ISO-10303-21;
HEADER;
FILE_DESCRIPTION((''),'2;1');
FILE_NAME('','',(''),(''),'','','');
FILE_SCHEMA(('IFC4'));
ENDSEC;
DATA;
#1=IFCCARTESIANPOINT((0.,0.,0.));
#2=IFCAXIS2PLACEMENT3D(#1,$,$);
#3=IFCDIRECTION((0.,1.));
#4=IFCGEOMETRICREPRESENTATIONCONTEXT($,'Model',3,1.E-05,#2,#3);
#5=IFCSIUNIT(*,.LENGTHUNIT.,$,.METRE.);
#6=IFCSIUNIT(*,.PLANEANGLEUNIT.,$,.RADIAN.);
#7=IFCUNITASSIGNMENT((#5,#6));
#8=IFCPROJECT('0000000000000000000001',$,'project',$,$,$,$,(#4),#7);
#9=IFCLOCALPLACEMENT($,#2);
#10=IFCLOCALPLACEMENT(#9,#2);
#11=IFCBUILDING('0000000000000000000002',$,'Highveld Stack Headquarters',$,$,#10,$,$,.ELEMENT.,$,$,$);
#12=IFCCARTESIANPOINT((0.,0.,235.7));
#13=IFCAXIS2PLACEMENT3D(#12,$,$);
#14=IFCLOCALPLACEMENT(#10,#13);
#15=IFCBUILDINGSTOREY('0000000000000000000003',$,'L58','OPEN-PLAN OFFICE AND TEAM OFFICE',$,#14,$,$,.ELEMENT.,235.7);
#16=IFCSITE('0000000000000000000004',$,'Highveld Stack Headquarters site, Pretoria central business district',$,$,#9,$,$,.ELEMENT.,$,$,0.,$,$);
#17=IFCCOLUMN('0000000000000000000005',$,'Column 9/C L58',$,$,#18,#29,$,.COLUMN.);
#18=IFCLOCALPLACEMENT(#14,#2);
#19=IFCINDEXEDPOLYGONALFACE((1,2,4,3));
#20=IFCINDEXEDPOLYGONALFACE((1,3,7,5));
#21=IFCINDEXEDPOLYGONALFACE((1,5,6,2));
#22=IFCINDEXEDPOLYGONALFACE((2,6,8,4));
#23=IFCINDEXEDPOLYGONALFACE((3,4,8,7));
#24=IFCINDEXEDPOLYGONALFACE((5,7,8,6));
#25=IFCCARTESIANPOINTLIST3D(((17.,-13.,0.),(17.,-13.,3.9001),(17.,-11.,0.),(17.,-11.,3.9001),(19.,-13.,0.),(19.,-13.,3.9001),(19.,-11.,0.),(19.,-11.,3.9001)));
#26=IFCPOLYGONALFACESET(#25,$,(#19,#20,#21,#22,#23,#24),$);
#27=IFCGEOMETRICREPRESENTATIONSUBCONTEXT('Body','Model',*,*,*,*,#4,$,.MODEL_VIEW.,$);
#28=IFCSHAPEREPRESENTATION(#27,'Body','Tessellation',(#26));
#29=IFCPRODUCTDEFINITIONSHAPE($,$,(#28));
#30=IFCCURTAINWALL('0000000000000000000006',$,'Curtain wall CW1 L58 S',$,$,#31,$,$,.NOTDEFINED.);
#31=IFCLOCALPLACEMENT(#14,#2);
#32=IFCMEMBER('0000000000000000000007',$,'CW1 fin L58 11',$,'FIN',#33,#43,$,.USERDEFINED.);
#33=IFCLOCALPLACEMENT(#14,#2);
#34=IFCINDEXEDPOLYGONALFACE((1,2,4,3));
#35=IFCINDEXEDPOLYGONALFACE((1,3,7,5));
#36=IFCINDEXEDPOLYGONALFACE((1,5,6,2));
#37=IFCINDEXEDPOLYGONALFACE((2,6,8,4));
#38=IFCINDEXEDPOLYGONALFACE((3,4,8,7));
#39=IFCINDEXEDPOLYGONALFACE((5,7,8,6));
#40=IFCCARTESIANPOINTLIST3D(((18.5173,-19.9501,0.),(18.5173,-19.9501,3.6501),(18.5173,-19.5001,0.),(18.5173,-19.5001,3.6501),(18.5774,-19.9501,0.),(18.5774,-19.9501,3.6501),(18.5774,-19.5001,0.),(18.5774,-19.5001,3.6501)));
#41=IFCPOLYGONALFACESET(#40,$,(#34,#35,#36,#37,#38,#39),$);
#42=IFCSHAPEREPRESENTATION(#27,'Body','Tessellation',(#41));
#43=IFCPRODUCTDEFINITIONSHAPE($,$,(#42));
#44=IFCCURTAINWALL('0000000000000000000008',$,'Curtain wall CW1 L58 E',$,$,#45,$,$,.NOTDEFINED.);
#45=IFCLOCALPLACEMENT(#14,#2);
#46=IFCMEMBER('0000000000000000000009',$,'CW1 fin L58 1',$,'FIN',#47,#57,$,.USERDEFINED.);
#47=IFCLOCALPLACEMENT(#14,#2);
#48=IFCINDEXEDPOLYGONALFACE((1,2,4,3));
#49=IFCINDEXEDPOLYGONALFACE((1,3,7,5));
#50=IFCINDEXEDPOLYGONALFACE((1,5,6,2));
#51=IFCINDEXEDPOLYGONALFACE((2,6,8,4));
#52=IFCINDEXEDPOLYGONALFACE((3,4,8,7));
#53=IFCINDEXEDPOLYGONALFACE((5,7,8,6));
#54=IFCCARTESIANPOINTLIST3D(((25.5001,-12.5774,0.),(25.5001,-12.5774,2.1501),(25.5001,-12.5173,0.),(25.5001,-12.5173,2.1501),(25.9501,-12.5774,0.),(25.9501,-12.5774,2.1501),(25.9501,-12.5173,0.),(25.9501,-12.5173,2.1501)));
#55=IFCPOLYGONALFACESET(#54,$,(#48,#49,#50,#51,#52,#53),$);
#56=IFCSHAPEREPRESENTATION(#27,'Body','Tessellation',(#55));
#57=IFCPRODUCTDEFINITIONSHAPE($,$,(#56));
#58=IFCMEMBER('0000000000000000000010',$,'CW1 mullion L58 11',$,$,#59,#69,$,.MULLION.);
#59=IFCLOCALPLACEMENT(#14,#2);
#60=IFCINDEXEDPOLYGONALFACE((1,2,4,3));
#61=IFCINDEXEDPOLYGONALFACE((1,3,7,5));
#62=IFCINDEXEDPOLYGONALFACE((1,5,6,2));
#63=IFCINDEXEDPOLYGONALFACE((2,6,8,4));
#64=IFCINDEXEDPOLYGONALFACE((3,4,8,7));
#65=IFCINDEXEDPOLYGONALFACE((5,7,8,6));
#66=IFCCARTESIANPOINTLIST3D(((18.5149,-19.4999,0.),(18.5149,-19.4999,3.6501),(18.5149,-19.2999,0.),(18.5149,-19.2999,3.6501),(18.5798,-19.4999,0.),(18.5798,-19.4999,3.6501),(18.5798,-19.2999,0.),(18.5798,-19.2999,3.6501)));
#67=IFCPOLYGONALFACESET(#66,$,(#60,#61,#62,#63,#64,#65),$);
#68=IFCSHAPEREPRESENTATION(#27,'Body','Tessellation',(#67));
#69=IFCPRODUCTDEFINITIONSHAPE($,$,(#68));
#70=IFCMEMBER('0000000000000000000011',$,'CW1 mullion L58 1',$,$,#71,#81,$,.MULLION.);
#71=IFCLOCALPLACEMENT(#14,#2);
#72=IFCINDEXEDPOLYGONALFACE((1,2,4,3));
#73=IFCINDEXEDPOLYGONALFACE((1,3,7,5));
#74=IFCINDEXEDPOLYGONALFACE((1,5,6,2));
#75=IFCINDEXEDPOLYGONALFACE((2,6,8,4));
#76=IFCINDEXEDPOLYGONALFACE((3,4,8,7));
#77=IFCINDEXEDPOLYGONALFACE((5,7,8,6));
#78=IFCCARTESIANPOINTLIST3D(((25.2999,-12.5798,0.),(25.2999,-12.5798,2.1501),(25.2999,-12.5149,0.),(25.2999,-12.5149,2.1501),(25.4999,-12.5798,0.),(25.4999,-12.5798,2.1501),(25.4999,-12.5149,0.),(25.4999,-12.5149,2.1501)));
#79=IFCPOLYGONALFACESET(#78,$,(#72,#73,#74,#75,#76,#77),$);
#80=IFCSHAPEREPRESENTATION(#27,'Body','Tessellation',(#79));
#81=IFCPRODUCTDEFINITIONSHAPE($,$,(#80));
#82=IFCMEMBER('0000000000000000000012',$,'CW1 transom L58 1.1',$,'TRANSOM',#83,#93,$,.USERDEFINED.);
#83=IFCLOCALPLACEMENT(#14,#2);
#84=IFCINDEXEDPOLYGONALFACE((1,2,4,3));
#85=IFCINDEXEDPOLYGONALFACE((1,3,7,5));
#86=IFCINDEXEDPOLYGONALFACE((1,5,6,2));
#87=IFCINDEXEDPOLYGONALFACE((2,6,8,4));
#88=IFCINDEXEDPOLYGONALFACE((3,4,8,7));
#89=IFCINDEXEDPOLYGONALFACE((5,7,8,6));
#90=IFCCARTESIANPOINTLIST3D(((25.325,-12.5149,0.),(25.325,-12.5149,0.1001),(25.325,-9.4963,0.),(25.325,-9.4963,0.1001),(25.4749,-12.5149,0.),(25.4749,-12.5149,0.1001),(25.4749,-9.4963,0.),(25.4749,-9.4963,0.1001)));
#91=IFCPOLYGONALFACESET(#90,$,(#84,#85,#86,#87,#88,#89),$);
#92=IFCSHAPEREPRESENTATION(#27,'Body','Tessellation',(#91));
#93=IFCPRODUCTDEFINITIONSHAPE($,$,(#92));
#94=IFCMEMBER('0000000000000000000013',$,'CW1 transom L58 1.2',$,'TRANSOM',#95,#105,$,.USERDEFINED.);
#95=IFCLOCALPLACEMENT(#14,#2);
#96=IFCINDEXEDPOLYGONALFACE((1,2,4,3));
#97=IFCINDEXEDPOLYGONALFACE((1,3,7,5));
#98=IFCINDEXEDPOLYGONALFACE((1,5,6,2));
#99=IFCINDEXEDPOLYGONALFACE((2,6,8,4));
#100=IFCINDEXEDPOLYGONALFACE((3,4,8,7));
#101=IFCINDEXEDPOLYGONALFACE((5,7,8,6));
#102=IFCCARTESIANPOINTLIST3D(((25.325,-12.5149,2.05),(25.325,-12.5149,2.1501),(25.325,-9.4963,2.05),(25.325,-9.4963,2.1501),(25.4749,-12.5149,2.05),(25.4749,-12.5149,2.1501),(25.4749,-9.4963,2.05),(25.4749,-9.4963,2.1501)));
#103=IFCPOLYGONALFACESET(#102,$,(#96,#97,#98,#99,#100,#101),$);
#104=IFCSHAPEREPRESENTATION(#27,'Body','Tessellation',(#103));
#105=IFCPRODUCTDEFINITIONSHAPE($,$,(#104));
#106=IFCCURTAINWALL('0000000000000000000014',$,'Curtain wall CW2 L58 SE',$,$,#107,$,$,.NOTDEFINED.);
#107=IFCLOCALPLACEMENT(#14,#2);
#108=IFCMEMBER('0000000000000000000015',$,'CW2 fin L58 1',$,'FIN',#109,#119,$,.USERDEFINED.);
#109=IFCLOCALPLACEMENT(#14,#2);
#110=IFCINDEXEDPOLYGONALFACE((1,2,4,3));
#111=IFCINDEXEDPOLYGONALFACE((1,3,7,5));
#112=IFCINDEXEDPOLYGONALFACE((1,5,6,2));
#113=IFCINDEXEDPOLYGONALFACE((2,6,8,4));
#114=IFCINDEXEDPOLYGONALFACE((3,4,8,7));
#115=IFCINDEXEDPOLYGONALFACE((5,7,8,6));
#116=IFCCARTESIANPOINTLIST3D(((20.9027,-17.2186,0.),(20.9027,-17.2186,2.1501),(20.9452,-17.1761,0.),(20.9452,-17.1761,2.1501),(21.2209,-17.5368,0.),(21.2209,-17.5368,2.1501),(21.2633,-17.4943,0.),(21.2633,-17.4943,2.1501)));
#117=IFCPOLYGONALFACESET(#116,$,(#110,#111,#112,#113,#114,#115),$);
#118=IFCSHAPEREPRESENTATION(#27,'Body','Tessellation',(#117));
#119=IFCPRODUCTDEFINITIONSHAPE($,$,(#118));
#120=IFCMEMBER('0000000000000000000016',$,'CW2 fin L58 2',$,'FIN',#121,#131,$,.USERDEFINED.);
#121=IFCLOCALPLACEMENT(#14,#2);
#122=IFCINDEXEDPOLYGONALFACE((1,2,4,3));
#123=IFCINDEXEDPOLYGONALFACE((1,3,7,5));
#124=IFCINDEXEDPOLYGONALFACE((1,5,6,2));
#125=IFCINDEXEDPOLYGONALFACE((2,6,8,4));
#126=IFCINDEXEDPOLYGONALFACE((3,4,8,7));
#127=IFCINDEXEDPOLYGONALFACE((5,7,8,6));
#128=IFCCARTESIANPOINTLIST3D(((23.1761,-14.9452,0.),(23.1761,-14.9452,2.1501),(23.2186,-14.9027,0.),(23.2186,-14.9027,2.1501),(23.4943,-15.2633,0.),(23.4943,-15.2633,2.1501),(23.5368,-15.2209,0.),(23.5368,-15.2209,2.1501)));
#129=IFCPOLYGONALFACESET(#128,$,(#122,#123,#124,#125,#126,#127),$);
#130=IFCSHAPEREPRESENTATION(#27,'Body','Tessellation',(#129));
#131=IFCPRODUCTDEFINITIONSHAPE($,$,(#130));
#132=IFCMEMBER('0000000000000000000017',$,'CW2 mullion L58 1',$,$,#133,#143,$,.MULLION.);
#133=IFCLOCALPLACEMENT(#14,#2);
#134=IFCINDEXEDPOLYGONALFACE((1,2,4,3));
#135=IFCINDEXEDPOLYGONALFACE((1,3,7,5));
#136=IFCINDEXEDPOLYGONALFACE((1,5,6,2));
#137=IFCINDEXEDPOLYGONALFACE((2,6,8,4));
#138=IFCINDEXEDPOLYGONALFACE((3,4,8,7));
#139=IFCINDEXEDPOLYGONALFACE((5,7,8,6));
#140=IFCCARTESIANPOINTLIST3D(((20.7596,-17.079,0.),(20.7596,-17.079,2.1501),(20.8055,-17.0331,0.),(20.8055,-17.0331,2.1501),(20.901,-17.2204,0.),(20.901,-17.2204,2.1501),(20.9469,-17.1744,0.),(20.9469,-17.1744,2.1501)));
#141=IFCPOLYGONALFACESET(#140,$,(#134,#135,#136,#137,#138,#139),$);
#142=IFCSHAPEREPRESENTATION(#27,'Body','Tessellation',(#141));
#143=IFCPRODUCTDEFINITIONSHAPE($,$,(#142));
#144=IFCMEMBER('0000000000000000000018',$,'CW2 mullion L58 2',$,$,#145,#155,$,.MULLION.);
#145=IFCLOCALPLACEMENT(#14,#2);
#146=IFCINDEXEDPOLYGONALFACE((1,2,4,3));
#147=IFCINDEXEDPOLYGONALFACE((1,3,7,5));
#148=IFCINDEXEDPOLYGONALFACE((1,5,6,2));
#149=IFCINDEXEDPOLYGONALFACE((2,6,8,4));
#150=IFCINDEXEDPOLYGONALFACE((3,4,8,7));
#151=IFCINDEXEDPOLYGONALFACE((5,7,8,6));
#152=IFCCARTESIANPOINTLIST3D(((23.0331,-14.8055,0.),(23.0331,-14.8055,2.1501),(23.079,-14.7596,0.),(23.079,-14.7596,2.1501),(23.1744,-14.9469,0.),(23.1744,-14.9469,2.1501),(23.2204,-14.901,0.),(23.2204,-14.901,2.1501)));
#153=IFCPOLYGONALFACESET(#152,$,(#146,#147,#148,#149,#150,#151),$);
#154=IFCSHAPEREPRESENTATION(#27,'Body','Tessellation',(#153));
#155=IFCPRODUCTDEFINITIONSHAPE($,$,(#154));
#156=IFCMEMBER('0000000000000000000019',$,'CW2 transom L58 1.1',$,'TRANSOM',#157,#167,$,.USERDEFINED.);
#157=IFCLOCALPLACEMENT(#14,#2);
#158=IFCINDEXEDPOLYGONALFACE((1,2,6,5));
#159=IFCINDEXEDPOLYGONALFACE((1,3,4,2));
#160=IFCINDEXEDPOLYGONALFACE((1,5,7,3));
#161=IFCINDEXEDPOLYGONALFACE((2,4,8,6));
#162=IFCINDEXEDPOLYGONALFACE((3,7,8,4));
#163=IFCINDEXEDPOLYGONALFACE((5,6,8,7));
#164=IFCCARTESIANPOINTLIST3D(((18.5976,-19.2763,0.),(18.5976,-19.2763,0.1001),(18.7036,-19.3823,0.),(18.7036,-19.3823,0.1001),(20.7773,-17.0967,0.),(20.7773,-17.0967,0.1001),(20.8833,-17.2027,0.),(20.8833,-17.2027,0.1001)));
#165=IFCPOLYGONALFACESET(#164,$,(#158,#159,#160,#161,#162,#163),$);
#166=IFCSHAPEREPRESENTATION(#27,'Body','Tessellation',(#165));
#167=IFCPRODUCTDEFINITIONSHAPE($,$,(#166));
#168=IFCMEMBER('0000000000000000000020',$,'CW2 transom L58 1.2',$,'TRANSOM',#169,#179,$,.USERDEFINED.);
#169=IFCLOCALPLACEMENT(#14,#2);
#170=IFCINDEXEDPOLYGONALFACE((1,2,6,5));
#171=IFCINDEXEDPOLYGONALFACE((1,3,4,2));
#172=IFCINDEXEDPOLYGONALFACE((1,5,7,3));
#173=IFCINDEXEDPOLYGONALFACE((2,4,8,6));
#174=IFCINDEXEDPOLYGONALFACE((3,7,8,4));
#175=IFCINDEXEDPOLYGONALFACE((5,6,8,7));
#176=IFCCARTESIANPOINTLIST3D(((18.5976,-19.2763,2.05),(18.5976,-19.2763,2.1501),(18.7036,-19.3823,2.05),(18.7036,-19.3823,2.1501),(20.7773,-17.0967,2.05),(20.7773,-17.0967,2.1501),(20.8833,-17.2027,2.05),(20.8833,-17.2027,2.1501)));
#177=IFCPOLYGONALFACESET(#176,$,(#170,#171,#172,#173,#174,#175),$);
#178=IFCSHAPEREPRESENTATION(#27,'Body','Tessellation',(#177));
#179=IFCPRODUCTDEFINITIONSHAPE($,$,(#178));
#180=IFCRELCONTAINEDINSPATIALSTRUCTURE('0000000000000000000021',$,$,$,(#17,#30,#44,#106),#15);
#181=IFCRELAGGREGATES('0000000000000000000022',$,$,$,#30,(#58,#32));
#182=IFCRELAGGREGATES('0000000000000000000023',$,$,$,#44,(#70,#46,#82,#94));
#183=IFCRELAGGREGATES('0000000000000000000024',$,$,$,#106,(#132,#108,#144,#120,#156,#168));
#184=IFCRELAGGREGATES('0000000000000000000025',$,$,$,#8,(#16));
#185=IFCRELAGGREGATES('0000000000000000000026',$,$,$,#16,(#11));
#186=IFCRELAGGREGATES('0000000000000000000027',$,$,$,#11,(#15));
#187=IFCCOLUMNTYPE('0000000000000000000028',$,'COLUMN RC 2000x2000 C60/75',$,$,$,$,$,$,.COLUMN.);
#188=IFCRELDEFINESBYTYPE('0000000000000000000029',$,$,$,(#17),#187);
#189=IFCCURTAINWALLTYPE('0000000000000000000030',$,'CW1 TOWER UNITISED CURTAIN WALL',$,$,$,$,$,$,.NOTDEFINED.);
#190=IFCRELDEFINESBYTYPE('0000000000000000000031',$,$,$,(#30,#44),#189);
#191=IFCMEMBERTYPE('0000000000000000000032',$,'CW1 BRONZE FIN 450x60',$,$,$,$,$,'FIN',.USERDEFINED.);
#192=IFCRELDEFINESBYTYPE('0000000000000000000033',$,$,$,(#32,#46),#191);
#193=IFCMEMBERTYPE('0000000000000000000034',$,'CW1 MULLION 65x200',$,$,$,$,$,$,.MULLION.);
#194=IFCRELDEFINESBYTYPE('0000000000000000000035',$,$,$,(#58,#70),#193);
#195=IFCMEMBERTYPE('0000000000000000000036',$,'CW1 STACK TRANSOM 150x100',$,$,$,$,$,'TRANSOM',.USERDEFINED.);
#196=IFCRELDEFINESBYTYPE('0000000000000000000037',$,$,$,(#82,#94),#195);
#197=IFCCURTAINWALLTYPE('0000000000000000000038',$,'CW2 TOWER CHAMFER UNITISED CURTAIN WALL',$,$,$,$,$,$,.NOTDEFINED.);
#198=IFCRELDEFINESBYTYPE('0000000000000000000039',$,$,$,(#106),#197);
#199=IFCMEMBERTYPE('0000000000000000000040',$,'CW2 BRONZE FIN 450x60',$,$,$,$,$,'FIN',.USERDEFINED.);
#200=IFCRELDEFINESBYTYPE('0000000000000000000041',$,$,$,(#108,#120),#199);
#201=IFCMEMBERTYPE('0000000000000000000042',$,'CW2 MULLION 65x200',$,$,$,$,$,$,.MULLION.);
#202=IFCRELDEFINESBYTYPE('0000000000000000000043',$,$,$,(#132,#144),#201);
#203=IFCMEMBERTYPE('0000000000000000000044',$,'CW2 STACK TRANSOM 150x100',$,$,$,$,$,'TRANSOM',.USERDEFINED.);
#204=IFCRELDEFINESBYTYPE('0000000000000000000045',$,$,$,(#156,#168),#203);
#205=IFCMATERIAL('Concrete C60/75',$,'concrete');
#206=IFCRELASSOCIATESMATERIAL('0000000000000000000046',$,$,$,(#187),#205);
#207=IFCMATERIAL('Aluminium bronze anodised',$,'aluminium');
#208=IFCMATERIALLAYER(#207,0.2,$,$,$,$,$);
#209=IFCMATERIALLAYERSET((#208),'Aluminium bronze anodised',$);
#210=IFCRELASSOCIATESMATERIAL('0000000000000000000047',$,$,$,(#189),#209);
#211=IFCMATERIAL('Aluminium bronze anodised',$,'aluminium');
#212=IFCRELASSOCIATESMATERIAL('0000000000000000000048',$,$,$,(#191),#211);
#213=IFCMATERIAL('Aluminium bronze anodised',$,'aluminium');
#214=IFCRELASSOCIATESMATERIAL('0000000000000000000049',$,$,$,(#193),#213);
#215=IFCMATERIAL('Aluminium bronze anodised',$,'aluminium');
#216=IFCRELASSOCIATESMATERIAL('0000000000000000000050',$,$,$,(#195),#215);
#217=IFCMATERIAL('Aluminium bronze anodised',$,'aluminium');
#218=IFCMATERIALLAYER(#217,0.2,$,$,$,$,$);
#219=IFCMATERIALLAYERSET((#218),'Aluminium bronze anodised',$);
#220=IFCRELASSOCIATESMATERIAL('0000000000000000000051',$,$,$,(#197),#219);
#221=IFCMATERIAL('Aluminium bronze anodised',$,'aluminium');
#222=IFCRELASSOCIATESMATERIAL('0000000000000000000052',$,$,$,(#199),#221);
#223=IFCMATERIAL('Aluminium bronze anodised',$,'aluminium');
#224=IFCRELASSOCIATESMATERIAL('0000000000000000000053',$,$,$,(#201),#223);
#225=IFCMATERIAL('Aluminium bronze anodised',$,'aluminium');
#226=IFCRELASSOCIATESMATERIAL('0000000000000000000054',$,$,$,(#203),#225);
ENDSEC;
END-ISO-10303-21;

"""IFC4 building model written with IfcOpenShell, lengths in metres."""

from ifc_helpers import new_model, si_unit, direction, frame, origin, origin_2d, place, context, subcontext, project, spatial, rectangle, extrude, material, layer, layer_set, material_profile, profile_set, type_object, element, aggregate, save


model = new_model("IFC4")

# Units and contexts
model_context = context("Model", 3, precision=1e-05, world=origin(), true_north=direction((0.0, 1.0)))
body_context = subcontext(model_context, "Body", "Model", "MODEL_VIEW")
ifc_project = project(units=[si_unit("LENGTHUNIT", "METRE"), si_unit("PLANEANGLEUNIT", "RADIAN")], contexts=[model_context])

# Site, building, storey
site_placement = place(None, origin())
site = spatial("IfcSite", under=ifc_project, at=site_placement, Name="Highveld Stack Headquarters site, Pretoria central business district", CompositionType="ELEMENT", RefElevation=0.0)
building_placement = place(site_placement, origin())
building = spatial("IfcBuilding", under=site, at=building_placement, Name="Highveld Stack Headquarters", CompositionType="ELEMENT")
storey_placement = place(building_placement, frame((0.0, 0.0, 235.7)))
storey = spatial("IfcBuildingStorey", under=building, at=storey_placement, Name="L58", Description="OPEN-PLAN OFFICE AND TEAM OFFICE", CompositionType="ELEMENT", Elevation=235.7)

# Column
ifc_material_1 = material(Name="Concrete C60/75", Category="concrete")
ifc_material_profile_1 = material_profile(ifc_material_1, rectangle(XDim=2.0, YDim=2.0, at=origin_2d()), Name="RC 2000x2000")
ifc_profile_set_1 = profile_set([ifc_material_profile_1], Name="Concrete C60/75")
column_type = type_object("IfcColumnType", Name="COLUMN RC 2000x2000 C60/75", PredefinedType="COLUMN", material=ifc_profile_set_1)
column_placement = place(storey_placement, frame((18.0, -12.0, 0.0), z_axis=(0.0, 0.0, 1.0), x_axis=(1.0, 0.0, 0.0)))
element("IfcColumn", 1, at=column_placement, inside=storey, type_object=column_type, Name="Column 9/C L58", PredefinedType="COLUMN", context=body_context, shape_type="SweptSolid", body=[
    extrude(rectangle(XDim=2.0, YDim=2.0, at=origin_2d()), origin(), (0.0, 0.0, 1.0), 3.9001),
])

# Curtain walls, members
ifc_material_2 = material(Name="Aluminium bronze anodised", Category="aluminium")
ifc_layer_1 = layer(ifc_material_2, 0.2)
ifc_layer_set_1 = layer_set([ifc_layer_1], Name="Aluminium bronze anodised")
curtain_wall_type_1 = type_object("IfcCurtainWallType", Name="CW1 TOWER UNITISED CURTAIN WALL", PredefinedType="NOTDEFINED", material=ifc_layer_set_1)
curtain_wall_1_placement = place(storey_placement, origin())
curtain_wall_1 = element("IfcCurtainWall", 2, at=curtain_wall_1_placement, inside=storey, type_object=curtain_wall_type_1, Name="Curtain wall CW1 L58 S", PredefinedType="NOTDEFINED")
ifc_material_3 = material(Name="Aluminium bronze anodised", Category="aluminium")
ifc_material_profile_2 = material_profile(ifc_material_3, rectangle(XDim=0.45, YDim=0.0601, at=origin_2d()), Name="FIN 450x60")
ifc_profile_set_2 = profile_set([ifc_material_profile_2], Name="Aluminium bronze anodised")
member_type_1 = type_object("IfcMemberType", Name="CW1 BRONZE FIN 450x60", ElementType="FIN", PredefinedType="USERDEFINED", material=ifc_profile_set_2)
member_1_placement = place(storey_placement, frame((18.5474, -19.7251, 0.0), z_axis=(0.0, 0.0, 1.0), x_axis=(0.0, 1.0, 0.0)))
member_1 = element("IfcMember", 3, at=member_1_placement, type_object=member_type_1, Name="CW1 fin L58 11", ObjectType="FIN", PredefinedType="USERDEFINED", context=body_context, shape_type="SweptSolid", body=[
    extrude(rectangle(XDim=0.45, YDim=0.0601, at=origin_2d()), origin(), (0.0, 0.0, 1.0), 3.6501),
])
curtain_wall_2_placement = place(storey_placement, origin())
curtain_wall_2 = element("IfcCurtainWall", 4, at=curtain_wall_2_placement, inside=storey, type_object=curtain_wall_type_1, Name="Curtain wall CW1 L58 E", PredefinedType="NOTDEFINED")
member_2_placement = place(storey_placement, frame((25.7251, -12.5474, 0.0), z_axis=(0.0, 0.0, 1.0), x_axis=(-1.0, 0.0, 0.0)))
member_2 = element("IfcMember", 5, at=member_2_placement, type_object=member_type_1, Name="CW1 fin L58 1", ObjectType="FIN", PredefinedType="USERDEFINED", context=body_context, shape_type="SweptSolid", body=[
    extrude(rectangle(XDim=0.45, YDim=0.0601, at=origin_2d()), origin(), (0.0, 0.0, 1.0), 2.1501),
])

# Members
ifc_material_4 = material(Name="Aluminium bronze anodised", Category="aluminium")
ifc_material_profile_3 = material_profile(ifc_material_4, rectangle(XDim=0.2, YDim=0.0649, at=origin_2d()), Name="CW1 MULLION 65x200")
ifc_profile_set_3 = profile_set([ifc_material_profile_3], Name="Aluminium bronze anodised")
member_type_2 = type_object("IfcMemberType", Name="CW1 MULLION 65x200", PredefinedType="MULLION", material=ifc_profile_set_3)
member_3_placement = place(storey_placement, frame((18.5474, -19.3999, 0.0), z_axis=(0.0, 0.0, 1.0), x_axis=(0.0, 1.0, 0.0)))
member_3 = element("IfcMember", 6, at=member_3_placement, type_object=member_type_2, Name="CW1 mullion L58 11", PredefinedType="MULLION", context=body_context, shape_type="SweptSolid", body=[
    extrude(rectangle(XDim=0.2, YDim=0.0649, at=origin_2d()), origin(), (0.0, 0.0, 1.0), 3.6501),
])
aggregate(curtain_wall_1, [member_3, member_1])
member_4_placement = place(storey_placement, frame((25.3999, -12.5474, 0.0), z_axis=(0.0, 0.0, 1.0), x_axis=(-1.0, 0.0, 0.0)))
member_4 = element("IfcMember", 7, at=member_4_placement, type_object=member_type_2, Name="CW1 mullion L58 1", PredefinedType="MULLION", context=body_context, shape_type="SweptSolid", body=[
    extrude(rectangle(XDim=0.2, YDim=0.0649, at=origin_2d()), origin(), (0.0, 0.0, 1.0), 2.1501),
])
ifc_material_5 = material(Name="Aluminium bronze anodised", Category="aluminium")
ifc_material_profile_4 = material_profile(ifc_material_5, rectangle(XDim=0.1499, YDim=0.1001, at=origin_2d()), Name="CW1 TRANSOM 150x100")
ifc_profile_set_4 = profile_set([ifc_material_profile_4], Name="Aluminium bronze anodised")
member_type_3 = type_object("IfcMemberType", Name="CW1 STACK TRANSOM 150x100", ElementType="TRANSOM", PredefinedType="USERDEFINED", material=ifc_profile_set_4)
member_5_placement = place(storey_placement, frame((25.3999, -12.5149, 0.05), z_axis=(0.0, 1.0, 0.0), x_axis=(-1.0, 0.0, 0.0)))
member_5 = element("IfcMember", 8, at=member_5_placement, type_object=member_type_3, Name="CW1 transom L58 1.1", ObjectType="TRANSOM", PredefinedType="USERDEFINED", context=body_context, shape_type="SweptSolid", body=[
    extrude(rectangle(XDim=0.1499, YDim=0.1001, at=origin_2d()), origin(), (0.0, 0.0, 1.0), 3.0186),
])
member_6_placement = place(storey_placement, frame((25.3999, -12.5149, 2.1001), z_axis=(0.0, 1.0, 0.0), x_axis=(-1.0, 0.0, 0.0)))
member_6 = element("IfcMember", 9, at=member_6_placement, type_object=member_type_3, Name="CW1 transom L58 1.2", ObjectType="TRANSOM", PredefinedType="USERDEFINED", context=body_context, shape_type="SweptSolid", body=[
    extrude(rectangle(XDim=0.1499, YDim=0.1001, at=origin_2d()), origin(), (0.0, 0.0, 1.0), 3.0186),
])
aggregate(curtain_wall_2, [member_4, member_2, member_5, member_6])

# Curtain wall, members
ifc_material_6 = material(Name="Aluminium bronze anodised", Category="aluminium")
ifc_layer_2 = layer(ifc_material_6, 0.2)
ifc_layer_set_2 = layer_set([ifc_layer_2], Name="Aluminium bronze anodised")
curtain_wall_type_2 = type_object("IfcCurtainWallType", Name="CW2 TOWER CHAMFER UNITISED CURTAIN WALL", PredefinedType="NOTDEFINED", material=ifc_layer_set_2)
curtain_wall_3_placement = place(storey_placement, origin())
curtain_wall_3 = element("IfcCurtainWall", 10, at=curtain_wall_3_placement, inside=storey, type_object=curtain_wall_type_2, Name="Curtain wall CW2 L58 SE", PredefinedType="NOTDEFINED")
ifc_material_7 = material(Name="Aluminium bronze anodised", Category="aluminium")
ifc_material_profile_5 = material_profile(ifc_material_7, rectangle(XDim=0.45, YDim=0.0601, at=origin_2d()), Name="FIN 450x60")
ifc_profile_set_5 = profile_set([ifc_material_profile_5], Name="Aluminium bronze anodised")
member_type_4 = type_object("IfcMemberType", Name="CW2 BRONZE FIN 450x60", ElementType="FIN", PredefinedType="USERDEFINED", material=ifc_profile_set_5)
member_7_placement = place(storey_placement, frame((21.083, -17.3564, 0.0), z_axis=(0.0, 0.0, 1.0), x_axis=(-0.707107, 0.707107, 0.0)))
member_7 = element("IfcMember", 11, at=member_7_placement, type_object=member_type_4, Name="CW2 fin L58 1", ObjectType="FIN", PredefinedType="USERDEFINED", context=body_context, shape_type="SweptSolid", body=[
    extrude(rectangle(XDim=0.45, YDim=0.0601, at=origin_2d()), origin(), (0.0, 0.0, 1.0), 2.1501),
])
member_8_placement = place(storey_placement, frame((23.3564, -15.083, 0.0), z_axis=(0.0, 0.0, 1.0), x_axis=(-0.707107, 0.707107, 0.0)))
member_8 = element("IfcMember", 12, at=member_8_placement, type_object=member_type_4, Name="CW2 fin L58 2", ObjectType="FIN", PredefinedType="USERDEFINED", context=body_context, shape_type="SweptSolid", body=[
    extrude(rectangle(XDim=0.45, YDim=0.0601, at=origin_2d()), origin(), (0.0, 0.0, 1.0), 2.1501),
])
ifc_material_8 = material(Name="Aluminium bronze anodised", Category="aluminium")
ifc_material_profile_6 = material_profile(ifc_material_8, rectangle(XDim=0.2, YDim=0.0649, at=origin_2d()), Name="CW2 MULLION 65x200")
ifc_profile_set_6 = profile_set([ifc_material_profile_6], Name="Aluminium bronze anodised")
member_type_5 = type_object("IfcMemberType", Name="CW2 MULLION 65x200", PredefinedType="MULLION", material=ifc_profile_set_6)
member_9_placement = place(storey_placement, frame((20.8533, -17.1267, 0.0), z_axis=(0.0, 0.0, 1.0), x_axis=(-0.707107, 0.707107, 0.0)))
member_9 = element("IfcMember", 13, at=member_9_placement, type_object=member_type_5, Name="CW2 mullion L58 1", PredefinedType="MULLION", context=body_context, shape_type="SweptSolid", body=[
    extrude(rectangle(XDim=0.2, YDim=0.0649, at=origin_2d()), origin(), (0.0, 0.0, 1.0), 2.1501),
])
member_10_placement = place(storey_placement, frame((23.1267, -14.8533, 0.0), z_axis=(0.0, 0.0, 1.0), x_axis=(-0.707107, 0.707107, 0.0)))
member_10 = element("IfcMember", 14, at=member_10_placement, type_object=member_type_5, Name="CW2 mullion L58 2", PredefinedType="MULLION", context=body_context, shape_type="SweptSolid", body=[
    extrude(rectangle(XDim=0.2, YDim=0.0649, at=origin_2d()), origin(), (0.0, 0.0, 1.0), 2.1501),
])
ifc_material_9 = material(Name="Aluminium bronze anodised", Category="aluminium")
ifc_material_profile_7 = material_profile(ifc_material_9, rectangle(XDim=0.1499, YDim=0.1001, at=origin_2d()), Name="CW2 TRANSOM 150x100")
ifc_profile_set_7 = profile_set([ifc_material_profile_7], Name="Aluminium bronze anodised")
member_type_6 = type_object("IfcMemberType", Name="CW2 STACK TRANSOM 150x100", ElementType="TRANSOM", PredefinedType="USERDEFINED", material=ifc_profile_set_7)
member_11_placement = place(storey_placement, frame((18.6506, -19.3293, 0.05), z_axis=(0.707107, 0.707107, 0.0), x_axis=(-0.707107, 0.707107, 0.0)))
member_11 = element("IfcMember", 15, at=member_11_placement, type_object=member_type_6, Name="CW2 transom L58 1.1", ObjectType="TRANSOM", PredefinedType="USERDEFINED", context=body_context, shape_type="SweptSolid", body=[
    extrude(rectangle(XDim=0.1499, YDim=0.1001, at=origin_2d()), origin(), (0.0, 0.0, 1.0), 3.0825),
])
member_12_placement = place(storey_placement, frame((18.6506, -19.3293, 2.1001), z_axis=(0.707107, 0.707107, 0.0), x_axis=(-0.707107, 0.707107, 0.0)))
member_12 = element("IfcMember", 16, at=member_12_placement, type_object=member_type_6, Name="CW2 transom L58 1.2", ObjectType="TRANSOM", PredefinedType="USERDEFINED", context=body_context, shape_type="SweptSolid", body=[
    extrude(rectangle(XDim=0.1499, YDim=0.1001, at=origin_2d()), origin(), (0.0, 0.0, 1.0), 3.0825),
])
aggregate(curtain_wall_3, [member_9, member_7, member_10, member_8, member_11, member_12])

save(model, "model.ifc")
